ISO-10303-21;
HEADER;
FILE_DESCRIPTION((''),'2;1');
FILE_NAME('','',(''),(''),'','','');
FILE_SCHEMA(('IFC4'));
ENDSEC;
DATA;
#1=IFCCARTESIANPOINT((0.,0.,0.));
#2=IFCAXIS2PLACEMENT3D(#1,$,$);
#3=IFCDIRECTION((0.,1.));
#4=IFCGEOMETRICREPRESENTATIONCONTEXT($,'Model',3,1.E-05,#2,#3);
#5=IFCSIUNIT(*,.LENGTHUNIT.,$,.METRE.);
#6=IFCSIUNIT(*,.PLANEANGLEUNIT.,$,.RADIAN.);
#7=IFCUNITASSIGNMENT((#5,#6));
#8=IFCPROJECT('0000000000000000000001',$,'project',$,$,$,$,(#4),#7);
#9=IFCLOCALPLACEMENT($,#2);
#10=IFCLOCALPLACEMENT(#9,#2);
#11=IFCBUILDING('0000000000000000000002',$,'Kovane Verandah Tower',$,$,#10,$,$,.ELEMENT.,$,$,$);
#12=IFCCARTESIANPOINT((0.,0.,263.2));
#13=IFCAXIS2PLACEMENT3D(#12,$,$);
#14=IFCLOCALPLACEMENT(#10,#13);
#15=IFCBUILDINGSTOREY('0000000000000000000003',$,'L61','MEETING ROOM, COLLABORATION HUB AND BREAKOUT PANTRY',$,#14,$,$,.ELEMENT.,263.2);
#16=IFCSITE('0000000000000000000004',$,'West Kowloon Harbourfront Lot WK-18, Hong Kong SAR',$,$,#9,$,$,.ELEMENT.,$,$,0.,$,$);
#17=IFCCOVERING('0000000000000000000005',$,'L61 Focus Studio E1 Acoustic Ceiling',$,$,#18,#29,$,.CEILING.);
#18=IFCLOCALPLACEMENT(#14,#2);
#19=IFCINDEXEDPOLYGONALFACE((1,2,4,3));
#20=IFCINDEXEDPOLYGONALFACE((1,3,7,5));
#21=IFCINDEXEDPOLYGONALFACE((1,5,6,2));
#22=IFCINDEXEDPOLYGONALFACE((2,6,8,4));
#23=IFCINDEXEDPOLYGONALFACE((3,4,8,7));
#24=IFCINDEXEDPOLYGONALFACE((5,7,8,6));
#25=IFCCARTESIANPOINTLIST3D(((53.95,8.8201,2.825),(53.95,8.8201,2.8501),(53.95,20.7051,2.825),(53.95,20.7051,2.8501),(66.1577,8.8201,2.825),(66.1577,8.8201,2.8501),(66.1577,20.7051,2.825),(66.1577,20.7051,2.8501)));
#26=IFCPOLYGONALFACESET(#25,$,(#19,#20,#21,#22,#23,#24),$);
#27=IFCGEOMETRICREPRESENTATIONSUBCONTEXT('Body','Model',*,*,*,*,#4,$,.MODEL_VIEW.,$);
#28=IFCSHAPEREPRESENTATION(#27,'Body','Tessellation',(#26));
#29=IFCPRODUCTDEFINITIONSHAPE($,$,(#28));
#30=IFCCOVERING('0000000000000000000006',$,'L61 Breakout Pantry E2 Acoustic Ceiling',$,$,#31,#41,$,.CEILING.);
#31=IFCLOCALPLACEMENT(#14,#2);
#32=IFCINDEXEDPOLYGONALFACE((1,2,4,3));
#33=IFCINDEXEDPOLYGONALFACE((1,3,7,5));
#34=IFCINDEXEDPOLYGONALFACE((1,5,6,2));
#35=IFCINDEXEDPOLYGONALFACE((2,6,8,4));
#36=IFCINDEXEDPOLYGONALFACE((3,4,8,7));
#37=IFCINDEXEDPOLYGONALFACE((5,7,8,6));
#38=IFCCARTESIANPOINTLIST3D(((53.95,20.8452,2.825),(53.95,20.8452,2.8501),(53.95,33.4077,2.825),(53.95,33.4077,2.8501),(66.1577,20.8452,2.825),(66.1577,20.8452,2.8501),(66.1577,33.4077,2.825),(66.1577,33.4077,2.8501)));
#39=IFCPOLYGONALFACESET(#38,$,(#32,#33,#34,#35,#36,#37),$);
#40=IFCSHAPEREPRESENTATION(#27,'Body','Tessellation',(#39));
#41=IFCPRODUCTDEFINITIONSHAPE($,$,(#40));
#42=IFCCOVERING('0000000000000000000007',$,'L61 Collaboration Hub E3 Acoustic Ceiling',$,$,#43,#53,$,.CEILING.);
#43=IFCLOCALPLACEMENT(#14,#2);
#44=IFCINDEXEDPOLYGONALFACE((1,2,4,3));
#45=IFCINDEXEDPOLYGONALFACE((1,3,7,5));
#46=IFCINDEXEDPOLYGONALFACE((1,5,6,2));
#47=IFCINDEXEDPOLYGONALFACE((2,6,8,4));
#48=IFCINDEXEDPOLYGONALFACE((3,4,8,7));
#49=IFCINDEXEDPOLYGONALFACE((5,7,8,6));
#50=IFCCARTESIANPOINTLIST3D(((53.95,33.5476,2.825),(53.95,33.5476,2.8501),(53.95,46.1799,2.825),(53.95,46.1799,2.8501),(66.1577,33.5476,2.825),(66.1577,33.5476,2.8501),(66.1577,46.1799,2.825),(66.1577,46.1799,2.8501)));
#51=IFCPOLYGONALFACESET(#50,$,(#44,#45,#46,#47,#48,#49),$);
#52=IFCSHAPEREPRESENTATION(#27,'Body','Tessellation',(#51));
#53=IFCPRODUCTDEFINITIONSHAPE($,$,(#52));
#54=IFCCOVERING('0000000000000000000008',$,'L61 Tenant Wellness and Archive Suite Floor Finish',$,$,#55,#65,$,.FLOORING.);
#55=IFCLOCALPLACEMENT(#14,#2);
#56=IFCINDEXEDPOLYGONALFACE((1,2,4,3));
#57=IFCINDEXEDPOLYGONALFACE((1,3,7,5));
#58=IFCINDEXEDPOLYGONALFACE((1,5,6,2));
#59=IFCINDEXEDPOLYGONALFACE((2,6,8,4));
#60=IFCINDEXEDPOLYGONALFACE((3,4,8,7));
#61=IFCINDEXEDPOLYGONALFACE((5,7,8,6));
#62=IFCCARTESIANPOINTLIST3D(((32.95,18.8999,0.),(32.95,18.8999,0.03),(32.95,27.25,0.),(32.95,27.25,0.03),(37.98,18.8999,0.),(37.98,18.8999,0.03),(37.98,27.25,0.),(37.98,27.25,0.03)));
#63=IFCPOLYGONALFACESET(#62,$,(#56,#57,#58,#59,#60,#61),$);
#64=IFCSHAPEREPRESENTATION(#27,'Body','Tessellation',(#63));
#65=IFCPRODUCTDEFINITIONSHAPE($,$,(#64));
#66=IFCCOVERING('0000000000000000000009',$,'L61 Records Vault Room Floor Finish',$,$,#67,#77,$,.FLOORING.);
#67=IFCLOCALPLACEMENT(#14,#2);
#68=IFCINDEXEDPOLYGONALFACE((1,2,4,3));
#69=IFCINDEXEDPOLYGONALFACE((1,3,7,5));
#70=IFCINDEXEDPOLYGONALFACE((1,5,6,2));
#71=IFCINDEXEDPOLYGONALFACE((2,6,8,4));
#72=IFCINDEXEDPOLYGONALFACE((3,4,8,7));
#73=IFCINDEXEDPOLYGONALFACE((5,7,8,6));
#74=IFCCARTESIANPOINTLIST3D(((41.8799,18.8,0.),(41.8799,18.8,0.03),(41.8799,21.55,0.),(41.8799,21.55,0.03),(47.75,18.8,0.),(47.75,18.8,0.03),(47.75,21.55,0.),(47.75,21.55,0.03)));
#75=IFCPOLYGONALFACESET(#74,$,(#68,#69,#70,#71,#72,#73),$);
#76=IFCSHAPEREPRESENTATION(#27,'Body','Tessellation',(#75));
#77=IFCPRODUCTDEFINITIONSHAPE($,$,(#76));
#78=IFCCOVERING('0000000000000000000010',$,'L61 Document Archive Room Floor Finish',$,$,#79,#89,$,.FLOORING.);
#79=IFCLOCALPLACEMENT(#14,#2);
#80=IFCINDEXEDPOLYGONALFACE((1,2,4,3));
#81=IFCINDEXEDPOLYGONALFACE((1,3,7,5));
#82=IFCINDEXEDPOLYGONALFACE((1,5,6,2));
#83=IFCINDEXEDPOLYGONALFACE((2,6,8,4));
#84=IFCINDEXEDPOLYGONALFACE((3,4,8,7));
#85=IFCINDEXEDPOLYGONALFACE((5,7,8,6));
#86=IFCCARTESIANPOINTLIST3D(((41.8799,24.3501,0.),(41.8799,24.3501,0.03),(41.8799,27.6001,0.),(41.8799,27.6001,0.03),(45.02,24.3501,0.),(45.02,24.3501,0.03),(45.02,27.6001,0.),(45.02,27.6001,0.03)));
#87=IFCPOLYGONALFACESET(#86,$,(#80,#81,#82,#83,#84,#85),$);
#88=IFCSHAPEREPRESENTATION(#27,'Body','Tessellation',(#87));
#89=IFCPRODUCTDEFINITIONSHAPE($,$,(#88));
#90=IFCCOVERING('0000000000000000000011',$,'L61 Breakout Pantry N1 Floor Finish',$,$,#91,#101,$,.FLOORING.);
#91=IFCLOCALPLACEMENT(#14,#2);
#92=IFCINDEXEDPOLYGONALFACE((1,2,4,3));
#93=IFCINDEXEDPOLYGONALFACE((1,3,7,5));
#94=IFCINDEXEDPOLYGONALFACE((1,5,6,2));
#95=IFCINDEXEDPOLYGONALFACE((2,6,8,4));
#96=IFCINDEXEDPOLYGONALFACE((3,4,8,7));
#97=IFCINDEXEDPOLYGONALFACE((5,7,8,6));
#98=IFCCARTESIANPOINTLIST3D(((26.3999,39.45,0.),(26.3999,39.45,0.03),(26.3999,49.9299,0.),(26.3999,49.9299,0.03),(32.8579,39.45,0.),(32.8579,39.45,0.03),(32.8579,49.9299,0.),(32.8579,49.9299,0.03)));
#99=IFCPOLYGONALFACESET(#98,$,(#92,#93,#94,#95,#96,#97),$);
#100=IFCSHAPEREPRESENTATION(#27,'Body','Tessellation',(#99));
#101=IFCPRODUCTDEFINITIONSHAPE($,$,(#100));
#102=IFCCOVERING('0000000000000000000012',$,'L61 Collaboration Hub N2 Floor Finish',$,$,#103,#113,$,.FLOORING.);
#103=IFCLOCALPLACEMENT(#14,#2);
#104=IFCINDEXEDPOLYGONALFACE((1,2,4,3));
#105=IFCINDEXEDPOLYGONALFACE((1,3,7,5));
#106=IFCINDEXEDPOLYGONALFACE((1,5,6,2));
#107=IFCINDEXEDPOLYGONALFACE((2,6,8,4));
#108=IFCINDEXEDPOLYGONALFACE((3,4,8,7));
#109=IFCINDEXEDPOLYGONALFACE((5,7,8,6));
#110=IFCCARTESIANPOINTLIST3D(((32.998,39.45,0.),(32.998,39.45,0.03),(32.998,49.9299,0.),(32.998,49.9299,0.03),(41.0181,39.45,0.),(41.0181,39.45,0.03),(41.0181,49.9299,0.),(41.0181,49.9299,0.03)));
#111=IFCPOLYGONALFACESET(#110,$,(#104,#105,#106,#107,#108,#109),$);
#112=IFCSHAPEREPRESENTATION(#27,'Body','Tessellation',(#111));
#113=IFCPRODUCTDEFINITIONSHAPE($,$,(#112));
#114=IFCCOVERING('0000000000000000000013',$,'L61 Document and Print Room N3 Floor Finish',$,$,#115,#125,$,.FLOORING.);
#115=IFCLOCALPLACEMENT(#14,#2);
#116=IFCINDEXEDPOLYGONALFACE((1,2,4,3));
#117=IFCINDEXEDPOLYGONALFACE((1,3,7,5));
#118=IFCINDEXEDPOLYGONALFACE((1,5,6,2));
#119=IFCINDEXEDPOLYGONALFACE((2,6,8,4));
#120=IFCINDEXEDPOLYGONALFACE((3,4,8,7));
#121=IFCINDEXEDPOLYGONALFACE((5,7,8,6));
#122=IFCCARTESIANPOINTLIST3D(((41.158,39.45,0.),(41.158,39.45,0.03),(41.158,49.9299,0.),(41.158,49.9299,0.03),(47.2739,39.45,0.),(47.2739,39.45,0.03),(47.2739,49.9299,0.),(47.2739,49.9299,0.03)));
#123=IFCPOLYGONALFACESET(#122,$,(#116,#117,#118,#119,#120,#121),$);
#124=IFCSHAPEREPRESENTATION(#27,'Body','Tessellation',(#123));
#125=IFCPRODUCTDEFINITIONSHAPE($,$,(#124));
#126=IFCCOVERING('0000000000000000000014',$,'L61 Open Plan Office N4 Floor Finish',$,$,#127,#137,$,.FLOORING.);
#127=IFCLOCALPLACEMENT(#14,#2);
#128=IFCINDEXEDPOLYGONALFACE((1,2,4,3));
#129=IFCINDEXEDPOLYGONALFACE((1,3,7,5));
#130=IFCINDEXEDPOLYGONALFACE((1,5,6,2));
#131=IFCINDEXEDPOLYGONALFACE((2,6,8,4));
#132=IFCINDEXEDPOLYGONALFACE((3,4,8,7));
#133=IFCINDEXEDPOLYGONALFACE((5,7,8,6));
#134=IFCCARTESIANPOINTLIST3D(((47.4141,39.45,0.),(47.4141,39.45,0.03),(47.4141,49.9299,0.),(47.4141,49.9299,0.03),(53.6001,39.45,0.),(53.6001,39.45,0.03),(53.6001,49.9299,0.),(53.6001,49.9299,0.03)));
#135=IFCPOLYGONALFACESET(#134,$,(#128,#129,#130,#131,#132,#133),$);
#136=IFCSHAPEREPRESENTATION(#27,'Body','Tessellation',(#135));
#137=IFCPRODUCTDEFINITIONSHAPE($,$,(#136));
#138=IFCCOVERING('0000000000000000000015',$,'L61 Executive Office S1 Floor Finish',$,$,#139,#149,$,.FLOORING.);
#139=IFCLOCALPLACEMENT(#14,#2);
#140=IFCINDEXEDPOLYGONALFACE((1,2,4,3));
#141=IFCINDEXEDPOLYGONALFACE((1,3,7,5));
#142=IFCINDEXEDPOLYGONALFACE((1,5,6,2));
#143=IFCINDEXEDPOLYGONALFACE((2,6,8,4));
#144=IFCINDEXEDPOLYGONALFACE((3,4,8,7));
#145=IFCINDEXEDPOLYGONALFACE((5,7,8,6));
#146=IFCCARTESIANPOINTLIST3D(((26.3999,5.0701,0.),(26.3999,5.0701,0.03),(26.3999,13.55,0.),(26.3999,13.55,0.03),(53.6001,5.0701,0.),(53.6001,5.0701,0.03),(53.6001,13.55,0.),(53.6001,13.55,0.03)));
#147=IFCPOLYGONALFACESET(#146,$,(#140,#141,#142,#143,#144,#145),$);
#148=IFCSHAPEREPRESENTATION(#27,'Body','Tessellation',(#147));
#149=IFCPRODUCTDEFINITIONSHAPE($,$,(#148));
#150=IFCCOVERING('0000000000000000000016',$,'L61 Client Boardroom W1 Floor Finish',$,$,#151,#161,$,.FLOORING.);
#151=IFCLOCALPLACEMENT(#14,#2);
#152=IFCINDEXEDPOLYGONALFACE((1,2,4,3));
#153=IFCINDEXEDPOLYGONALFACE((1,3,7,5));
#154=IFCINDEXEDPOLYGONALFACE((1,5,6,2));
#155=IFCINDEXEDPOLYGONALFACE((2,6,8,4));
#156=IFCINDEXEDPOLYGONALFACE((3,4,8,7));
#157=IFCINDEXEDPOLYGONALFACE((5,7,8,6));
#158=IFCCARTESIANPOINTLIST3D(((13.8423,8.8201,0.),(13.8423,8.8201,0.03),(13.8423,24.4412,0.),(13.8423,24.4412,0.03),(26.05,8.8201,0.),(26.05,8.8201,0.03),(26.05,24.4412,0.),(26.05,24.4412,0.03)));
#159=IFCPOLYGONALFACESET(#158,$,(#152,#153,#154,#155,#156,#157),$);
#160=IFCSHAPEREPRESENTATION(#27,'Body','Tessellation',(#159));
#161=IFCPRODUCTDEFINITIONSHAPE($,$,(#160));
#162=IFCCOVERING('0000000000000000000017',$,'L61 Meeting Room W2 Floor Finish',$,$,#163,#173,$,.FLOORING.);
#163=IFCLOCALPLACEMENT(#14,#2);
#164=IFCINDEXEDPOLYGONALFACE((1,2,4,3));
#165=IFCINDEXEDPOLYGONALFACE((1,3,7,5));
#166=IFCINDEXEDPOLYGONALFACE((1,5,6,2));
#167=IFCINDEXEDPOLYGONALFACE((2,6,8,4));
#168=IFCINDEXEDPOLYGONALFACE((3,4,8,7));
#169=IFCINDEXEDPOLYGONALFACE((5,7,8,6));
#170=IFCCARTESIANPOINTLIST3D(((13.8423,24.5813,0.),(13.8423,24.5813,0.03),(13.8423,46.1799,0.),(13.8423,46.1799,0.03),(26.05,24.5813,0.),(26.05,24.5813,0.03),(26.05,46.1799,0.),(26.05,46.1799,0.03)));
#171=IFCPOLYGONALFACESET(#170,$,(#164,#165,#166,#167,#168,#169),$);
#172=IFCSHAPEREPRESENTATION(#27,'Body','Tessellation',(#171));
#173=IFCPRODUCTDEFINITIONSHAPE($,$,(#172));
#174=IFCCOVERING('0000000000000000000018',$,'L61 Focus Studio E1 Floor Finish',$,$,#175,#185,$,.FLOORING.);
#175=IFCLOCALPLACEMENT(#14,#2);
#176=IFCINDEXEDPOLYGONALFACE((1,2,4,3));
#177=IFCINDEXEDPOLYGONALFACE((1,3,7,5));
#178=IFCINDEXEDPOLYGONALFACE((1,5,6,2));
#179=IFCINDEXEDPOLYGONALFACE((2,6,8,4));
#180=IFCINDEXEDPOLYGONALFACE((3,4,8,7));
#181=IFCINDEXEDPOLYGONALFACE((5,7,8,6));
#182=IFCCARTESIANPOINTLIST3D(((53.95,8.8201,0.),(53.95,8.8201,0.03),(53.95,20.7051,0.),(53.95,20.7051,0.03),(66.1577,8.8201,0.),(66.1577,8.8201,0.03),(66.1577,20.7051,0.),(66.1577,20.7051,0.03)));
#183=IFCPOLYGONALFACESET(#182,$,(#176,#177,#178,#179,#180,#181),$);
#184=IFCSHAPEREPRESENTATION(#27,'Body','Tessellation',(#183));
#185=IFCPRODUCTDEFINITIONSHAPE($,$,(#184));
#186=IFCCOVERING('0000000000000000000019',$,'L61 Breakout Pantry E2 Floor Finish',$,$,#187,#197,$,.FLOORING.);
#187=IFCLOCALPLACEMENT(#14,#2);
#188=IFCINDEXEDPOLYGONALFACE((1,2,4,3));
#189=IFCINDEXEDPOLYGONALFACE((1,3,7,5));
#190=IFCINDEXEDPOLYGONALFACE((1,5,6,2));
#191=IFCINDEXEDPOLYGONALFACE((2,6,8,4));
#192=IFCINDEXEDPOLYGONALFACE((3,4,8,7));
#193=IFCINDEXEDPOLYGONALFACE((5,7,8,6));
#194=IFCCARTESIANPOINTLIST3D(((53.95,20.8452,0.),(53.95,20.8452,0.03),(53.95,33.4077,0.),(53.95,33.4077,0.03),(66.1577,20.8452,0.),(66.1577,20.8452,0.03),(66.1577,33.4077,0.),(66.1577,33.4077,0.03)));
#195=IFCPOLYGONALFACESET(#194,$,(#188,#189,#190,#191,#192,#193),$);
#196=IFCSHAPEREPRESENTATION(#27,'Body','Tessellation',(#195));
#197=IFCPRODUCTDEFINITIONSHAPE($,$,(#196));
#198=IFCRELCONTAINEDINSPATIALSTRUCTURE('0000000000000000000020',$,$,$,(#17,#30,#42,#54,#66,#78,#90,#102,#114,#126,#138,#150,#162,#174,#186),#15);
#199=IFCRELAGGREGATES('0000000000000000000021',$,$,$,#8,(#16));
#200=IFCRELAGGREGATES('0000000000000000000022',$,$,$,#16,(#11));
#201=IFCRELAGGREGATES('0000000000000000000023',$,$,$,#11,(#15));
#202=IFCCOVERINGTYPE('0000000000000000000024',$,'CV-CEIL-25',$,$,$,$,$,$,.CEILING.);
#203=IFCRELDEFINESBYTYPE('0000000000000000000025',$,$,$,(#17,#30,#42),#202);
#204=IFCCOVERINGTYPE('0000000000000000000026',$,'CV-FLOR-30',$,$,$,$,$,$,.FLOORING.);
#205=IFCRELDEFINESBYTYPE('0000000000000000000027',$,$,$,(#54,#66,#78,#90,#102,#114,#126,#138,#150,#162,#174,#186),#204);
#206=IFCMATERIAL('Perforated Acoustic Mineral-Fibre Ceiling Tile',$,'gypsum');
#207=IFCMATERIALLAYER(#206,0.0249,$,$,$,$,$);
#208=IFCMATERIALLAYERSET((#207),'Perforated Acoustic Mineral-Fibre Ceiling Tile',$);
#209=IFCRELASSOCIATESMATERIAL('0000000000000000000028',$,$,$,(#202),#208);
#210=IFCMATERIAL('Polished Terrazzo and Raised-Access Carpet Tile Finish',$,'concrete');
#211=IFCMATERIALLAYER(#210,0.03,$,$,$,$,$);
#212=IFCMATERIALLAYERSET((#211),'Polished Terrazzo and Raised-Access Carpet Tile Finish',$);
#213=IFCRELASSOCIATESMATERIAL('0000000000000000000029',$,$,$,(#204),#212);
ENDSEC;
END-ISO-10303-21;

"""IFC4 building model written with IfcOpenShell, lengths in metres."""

from ifc_helpers import new_model, si_unit, direction, frame, origin, place, context, subcontext, project, spatial, polyline, outline, extrude, material, layer, layer_set, type_object, element, save


model = new_model("IFC4")

# Units and contexts
model_context = context("Model", 3, precision=1e-05, world=origin(), true_north=direction((0.0, 1.0)))
body_context = subcontext(model_context, "Body", "Model", "MODEL_VIEW")
ifc_project = project(units=[si_unit("LENGTHUNIT", "METRE"), si_unit("PLANEANGLEUNIT", "RADIAN")], contexts=[model_context])

# Site, building, storey
site_placement = place(None, origin())
site = spatial("IfcSite", under=ifc_project, at=site_placement, Name="West Kowloon Harbourfront Lot WK-18, Hong Kong SAR", CompositionType="ELEMENT", RefElevation=0.0)
building_placement = place(site_placement, origin())
building = spatial("IfcBuilding", under=site, at=building_placement, Name="Kovane Verandah Tower", CompositionType="ELEMENT")
storey_placement = place(building_placement, frame((0.0, 0.0, 263.2)))
storey = spatial("IfcBuildingStorey", under=building, at=storey_placement, Name="L61", Description="MEETING ROOM, COLLABORATION HUB AND BREAKOUT PANTRY", CompositionType="ELEMENT", Elevation=263.2)

# Coverings
ifc_material_1 = material(Name="Perforated Acoustic Mineral-Fibre Ceiling Tile", Category="gypsum")
ifc_layer_1 = layer(ifc_material_1, 0.0249)
ifc_layer_set_1 = layer_set([ifc_layer_1], Name="Perforated Acoustic Mineral-Fibre Ceiling Tile")
covering_type_1 = type_object("IfcCoveringType", Name="CV-CEIL-25", PredefinedType="CEILING", material=ifc_layer_set_1)
covering_1_placement = place(storey_placement, frame((0.0, 0.0, 2.825)))
element("IfcCovering", 1, at=covering_1_placement, inside=storey, type_object=covering_type_1, Name="L61 Focus Studio E1 Acoustic Ceiling", PredefinedType="CEILING", context=body_context, shape_type="SweptSolid", body=[
    extrude(outline(polyline([(53.95, 8.8201), (66.1577, 8.8201), (66.1577, 20.7051), (53.95, 20.7051), (53.95, 8.8201)])), origin(), (0.0, 0.0, 1.0), 0.0251),
])
covering_2_placement = place(storey_placement, frame((0.0, 0.0, 2.825)))
element("IfcCovering", 2, at=covering_2_placement, inside=storey, type_object=covering_type_1, Name="L61 Breakout Pantry E2 Acoustic Ceiling", PredefinedType="CEILING", context=body_context, shape_type="SweptSolid", body=[
    extrude(outline(polyline([(53.95, 20.8452), (66.1577, 20.8452), (66.1577, 33.4077), (53.95, 33.4077), (53.95, 20.8452)])), origin(), (0.0, 0.0, 1.0), 0.0251),
])
covering_3_placement = place(storey_placement, frame((0.0, 0.0, 2.825)))
element("IfcCovering", 3, at=covering_3_placement, inside=storey, type_object=covering_type_1, Name="L61 Collaboration Hub E3 Acoustic Ceiling", PredefinedType="CEILING", context=body_context, shape_type="SweptSolid", body=[
    extrude(outline(polyline([(53.95, 33.5476), (66.1577, 33.5476), (66.1577, 46.1799), (53.95, 46.1799), (53.95, 33.5476)])), origin(), (0.0, 0.0, 1.0), 0.0251),
])
ifc_material_2 = material(Name="Polished Terrazzo and Raised-Access Carpet Tile Finish", Category="concrete")
ifc_layer_2 = layer(ifc_material_2, 0.03)
ifc_layer_set_2 = layer_set([ifc_layer_2], Name="Polished Terrazzo and Raised-Access Carpet Tile Finish")
covering_type_2 = type_object("IfcCoveringType", Name="CV-FLOR-30", PredefinedType="FLOORING", material=ifc_layer_set_2)
covering_4_placement = place(storey_placement, origin())
element("IfcCovering", 4, at=covering_4_placement, inside=storey, type_object=covering_type_2, Name="L61 Tenant Wellness and Archive Suite Floor Finish", PredefinedType="FLOORING", context=body_context, shape_type="SweptSolid", body=[
    extrude(outline(polyline([(32.95, 18.8999), (37.98, 18.8999), (37.98, 27.25), (32.95, 27.25), (32.95, 18.8999)])), origin(), (0.0, 0.0, 1.0), 0.03),
])
covering_5_placement = place(storey_placement, origin())
element("IfcCovering", 5, at=covering_5_placement, inside=storey, type_object=covering_type_2, Name="L61 Records Vault Room Floor Finish", PredefinedType="FLOORING", context=body_context, shape_type="SweptSolid", body=[
    extrude(outline(polyline([(41.8799, 18.8), (47.75, 18.8), (47.75, 21.55), (41.8799, 21.55), (41.8799, 18.8)])), origin(), (0.0, 0.0, 1.0), 0.03),
])
covering_6_placement = place(storey_placement, origin())
element("IfcCovering", 6, at=covering_6_placement, inside=storey, type_object=covering_type_2, Name="L61 Document Archive Room Floor Finish", PredefinedType="FLOORING", context=body_context, shape_type="SweptSolid", body=[
    extrude(outline(polyline([(41.8799, 24.3501), (45.02, 24.3501), (45.02, 27.6001), (41.8799, 27.6001), (41.8799, 24.3501)])), origin(), (0.0, 0.0, 1.0), 0.03),
])
covering_7_placement = place(storey_placement, origin())
element("IfcCovering", 7, at=covering_7_placement, inside=storey, type_object=covering_type_2, Name="L61 Breakout Pantry N1 Floor Finish", PredefinedType="FLOORING", context=body_context, shape_type="SweptSolid", body=[
    extrude(outline(polyline([(26.3999, 39.45), (32.8579, 39.45), (32.8579, 49.9299), (26.3999, 49.9299), (26.3999, 39.45)])), origin(), (0.0, 0.0, 1.0), 0.03),
])
covering_8_placement = place(storey_placement, origin())
element("IfcCovering", 8, at=covering_8_placement, inside=storey, type_object=covering_type_2, Name="L61 Collaboration Hub N2 Floor Finish", PredefinedType="FLOORING", context=body_context, shape_type="SweptSolid", body=[
    extrude(outline(polyline([(32.998, 39.45), (41.0181, 39.45), (41.0181, 49.9299), (32.998, 49.9299), (32.998, 39.45)])), origin(), (0.0, 0.0, 1.0), 0.03),
])
covering_9_placement = place(storey_placement, origin())
element("IfcCovering", 9, at=covering_9_placement, inside=storey, type_object=covering_type_2, Name="L61 Document and Print Room N3 Floor Finish", PredefinedType="FLOORING", context=body_context, shape_type="SweptSolid", body=[
    extrude(outline(polyline([(41.158, 39.45), (47.2739, 39.45), (47.2739, 49.9299), (41.158, 49.9299), (41.158, 39.45)])), origin(), (0.0, 0.0, 1.0), 0.03),
])
covering_10_placement = place(storey_placement, origin())
element("IfcCovering", 10, at=covering_10_placement, inside=storey, type_object=covering_type_2, Name="L61 Open Plan Office N4 Floor Finish", PredefinedType="FLOORING", context=body_context, shape_type="SweptSolid", body=[
    extrude(outline(polyline([(47.4141, 39.45), (53.6001, 39.45), (53.6001, 49.9299), (47.4141, 49.9299), (47.4141, 39.45)])), origin(), (0.0, 0.0, 1.0), 0.03),
])
covering_11_placement = place(storey_placement, origin())
element("IfcCovering", 11, at=covering_11_placement, inside=storey, type_object=covering_type_2, Name="L61 Executive Office S1 Floor Finish", PredefinedType="FLOORING", context=body_context, shape_type="SweptSolid", body=[
    extrude(outline(polyline([(26.3999, 5.0701), (53.6001, 5.0701), (53.6001, 13.55), (26.3999, 13.55), (26.3999, 5.0701)])), origin(), (0.0, 0.0, 1.0), 0.03),
])
covering_12_placement = place(storey_placement, origin())
element("IfcCovering", 12, at=covering_12_placement, inside=storey, type_object=covering_type_2, Name="L61 Client Boardroom W1 Floor Finish", PredefinedType="FLOORING", context=body_context, shape_type="SweptSolid", body=[
    extrude(outline(polyline([(13.8423, 8.8201), (26.05, 8.8201), (26.05, 24.4412), (13.8423, 24.4412), (13.8423, 8.8201)])), origin(), (0.0, 0.0, 1.0), 0.03),
])
covering_13_placement = place(storey_placement, origin())
element("IfcCovering", 13, at=covering_13_placement, inside=storey, type_object=covering_type_2, Name="L61 Meeting Room W2 Floor Finish", PredefinedType="FLOORING", context=body_context, shape_type="SweptSolid", body=[
    extrude(outline(polyline([(13.8423, 24.5813), (26.05, 24.5813), (26.05, 46.1799), (13.8423, 46.1799), (13.8423, 24.5813)])), origin(), (0.0, 0.0, 1.0), 0.03),
])
covering_14_placement = place(storey_placement, origin())
element("IfcCovering", 14, at=covering_14_placement, inside=storey, type_object=covering_type_2, Name="L61 Focus Studio E1 Floor Finish", PredefinedType="FLOORING", context=body_context, shape_type="SweptSolid", body=[
    extrude(outline(polyline([(53.95, 8.8201), (66.1577, 8.8201), (66.1577, 20.7051), (53.95, 20.7051), (53.95, 8.8201)])), origin(), (0.0, 0.0, 1.0), 0.03),
])
covering_15_placement = place(storey_placement, origin())
element("IfcCovering", 15, at=covering_15_placement, inside=storey, type_object=covering_type_2, Name="L61 Breakout Pantry E2 Floor Finish", PredefinedType="FLOORING", context=body_context, shape_type="SweptSolid", body=[
    extrude(outline(polyline([(53.95, 20.8452), (66.1577, 20.8452), (66.1577, 33.4077), (53.95, 33.4077), (53.95, 20.8452)])), origin(), (0.0, 0.0, 1.0), 0.03),
])

save(model, "model.ifc")
